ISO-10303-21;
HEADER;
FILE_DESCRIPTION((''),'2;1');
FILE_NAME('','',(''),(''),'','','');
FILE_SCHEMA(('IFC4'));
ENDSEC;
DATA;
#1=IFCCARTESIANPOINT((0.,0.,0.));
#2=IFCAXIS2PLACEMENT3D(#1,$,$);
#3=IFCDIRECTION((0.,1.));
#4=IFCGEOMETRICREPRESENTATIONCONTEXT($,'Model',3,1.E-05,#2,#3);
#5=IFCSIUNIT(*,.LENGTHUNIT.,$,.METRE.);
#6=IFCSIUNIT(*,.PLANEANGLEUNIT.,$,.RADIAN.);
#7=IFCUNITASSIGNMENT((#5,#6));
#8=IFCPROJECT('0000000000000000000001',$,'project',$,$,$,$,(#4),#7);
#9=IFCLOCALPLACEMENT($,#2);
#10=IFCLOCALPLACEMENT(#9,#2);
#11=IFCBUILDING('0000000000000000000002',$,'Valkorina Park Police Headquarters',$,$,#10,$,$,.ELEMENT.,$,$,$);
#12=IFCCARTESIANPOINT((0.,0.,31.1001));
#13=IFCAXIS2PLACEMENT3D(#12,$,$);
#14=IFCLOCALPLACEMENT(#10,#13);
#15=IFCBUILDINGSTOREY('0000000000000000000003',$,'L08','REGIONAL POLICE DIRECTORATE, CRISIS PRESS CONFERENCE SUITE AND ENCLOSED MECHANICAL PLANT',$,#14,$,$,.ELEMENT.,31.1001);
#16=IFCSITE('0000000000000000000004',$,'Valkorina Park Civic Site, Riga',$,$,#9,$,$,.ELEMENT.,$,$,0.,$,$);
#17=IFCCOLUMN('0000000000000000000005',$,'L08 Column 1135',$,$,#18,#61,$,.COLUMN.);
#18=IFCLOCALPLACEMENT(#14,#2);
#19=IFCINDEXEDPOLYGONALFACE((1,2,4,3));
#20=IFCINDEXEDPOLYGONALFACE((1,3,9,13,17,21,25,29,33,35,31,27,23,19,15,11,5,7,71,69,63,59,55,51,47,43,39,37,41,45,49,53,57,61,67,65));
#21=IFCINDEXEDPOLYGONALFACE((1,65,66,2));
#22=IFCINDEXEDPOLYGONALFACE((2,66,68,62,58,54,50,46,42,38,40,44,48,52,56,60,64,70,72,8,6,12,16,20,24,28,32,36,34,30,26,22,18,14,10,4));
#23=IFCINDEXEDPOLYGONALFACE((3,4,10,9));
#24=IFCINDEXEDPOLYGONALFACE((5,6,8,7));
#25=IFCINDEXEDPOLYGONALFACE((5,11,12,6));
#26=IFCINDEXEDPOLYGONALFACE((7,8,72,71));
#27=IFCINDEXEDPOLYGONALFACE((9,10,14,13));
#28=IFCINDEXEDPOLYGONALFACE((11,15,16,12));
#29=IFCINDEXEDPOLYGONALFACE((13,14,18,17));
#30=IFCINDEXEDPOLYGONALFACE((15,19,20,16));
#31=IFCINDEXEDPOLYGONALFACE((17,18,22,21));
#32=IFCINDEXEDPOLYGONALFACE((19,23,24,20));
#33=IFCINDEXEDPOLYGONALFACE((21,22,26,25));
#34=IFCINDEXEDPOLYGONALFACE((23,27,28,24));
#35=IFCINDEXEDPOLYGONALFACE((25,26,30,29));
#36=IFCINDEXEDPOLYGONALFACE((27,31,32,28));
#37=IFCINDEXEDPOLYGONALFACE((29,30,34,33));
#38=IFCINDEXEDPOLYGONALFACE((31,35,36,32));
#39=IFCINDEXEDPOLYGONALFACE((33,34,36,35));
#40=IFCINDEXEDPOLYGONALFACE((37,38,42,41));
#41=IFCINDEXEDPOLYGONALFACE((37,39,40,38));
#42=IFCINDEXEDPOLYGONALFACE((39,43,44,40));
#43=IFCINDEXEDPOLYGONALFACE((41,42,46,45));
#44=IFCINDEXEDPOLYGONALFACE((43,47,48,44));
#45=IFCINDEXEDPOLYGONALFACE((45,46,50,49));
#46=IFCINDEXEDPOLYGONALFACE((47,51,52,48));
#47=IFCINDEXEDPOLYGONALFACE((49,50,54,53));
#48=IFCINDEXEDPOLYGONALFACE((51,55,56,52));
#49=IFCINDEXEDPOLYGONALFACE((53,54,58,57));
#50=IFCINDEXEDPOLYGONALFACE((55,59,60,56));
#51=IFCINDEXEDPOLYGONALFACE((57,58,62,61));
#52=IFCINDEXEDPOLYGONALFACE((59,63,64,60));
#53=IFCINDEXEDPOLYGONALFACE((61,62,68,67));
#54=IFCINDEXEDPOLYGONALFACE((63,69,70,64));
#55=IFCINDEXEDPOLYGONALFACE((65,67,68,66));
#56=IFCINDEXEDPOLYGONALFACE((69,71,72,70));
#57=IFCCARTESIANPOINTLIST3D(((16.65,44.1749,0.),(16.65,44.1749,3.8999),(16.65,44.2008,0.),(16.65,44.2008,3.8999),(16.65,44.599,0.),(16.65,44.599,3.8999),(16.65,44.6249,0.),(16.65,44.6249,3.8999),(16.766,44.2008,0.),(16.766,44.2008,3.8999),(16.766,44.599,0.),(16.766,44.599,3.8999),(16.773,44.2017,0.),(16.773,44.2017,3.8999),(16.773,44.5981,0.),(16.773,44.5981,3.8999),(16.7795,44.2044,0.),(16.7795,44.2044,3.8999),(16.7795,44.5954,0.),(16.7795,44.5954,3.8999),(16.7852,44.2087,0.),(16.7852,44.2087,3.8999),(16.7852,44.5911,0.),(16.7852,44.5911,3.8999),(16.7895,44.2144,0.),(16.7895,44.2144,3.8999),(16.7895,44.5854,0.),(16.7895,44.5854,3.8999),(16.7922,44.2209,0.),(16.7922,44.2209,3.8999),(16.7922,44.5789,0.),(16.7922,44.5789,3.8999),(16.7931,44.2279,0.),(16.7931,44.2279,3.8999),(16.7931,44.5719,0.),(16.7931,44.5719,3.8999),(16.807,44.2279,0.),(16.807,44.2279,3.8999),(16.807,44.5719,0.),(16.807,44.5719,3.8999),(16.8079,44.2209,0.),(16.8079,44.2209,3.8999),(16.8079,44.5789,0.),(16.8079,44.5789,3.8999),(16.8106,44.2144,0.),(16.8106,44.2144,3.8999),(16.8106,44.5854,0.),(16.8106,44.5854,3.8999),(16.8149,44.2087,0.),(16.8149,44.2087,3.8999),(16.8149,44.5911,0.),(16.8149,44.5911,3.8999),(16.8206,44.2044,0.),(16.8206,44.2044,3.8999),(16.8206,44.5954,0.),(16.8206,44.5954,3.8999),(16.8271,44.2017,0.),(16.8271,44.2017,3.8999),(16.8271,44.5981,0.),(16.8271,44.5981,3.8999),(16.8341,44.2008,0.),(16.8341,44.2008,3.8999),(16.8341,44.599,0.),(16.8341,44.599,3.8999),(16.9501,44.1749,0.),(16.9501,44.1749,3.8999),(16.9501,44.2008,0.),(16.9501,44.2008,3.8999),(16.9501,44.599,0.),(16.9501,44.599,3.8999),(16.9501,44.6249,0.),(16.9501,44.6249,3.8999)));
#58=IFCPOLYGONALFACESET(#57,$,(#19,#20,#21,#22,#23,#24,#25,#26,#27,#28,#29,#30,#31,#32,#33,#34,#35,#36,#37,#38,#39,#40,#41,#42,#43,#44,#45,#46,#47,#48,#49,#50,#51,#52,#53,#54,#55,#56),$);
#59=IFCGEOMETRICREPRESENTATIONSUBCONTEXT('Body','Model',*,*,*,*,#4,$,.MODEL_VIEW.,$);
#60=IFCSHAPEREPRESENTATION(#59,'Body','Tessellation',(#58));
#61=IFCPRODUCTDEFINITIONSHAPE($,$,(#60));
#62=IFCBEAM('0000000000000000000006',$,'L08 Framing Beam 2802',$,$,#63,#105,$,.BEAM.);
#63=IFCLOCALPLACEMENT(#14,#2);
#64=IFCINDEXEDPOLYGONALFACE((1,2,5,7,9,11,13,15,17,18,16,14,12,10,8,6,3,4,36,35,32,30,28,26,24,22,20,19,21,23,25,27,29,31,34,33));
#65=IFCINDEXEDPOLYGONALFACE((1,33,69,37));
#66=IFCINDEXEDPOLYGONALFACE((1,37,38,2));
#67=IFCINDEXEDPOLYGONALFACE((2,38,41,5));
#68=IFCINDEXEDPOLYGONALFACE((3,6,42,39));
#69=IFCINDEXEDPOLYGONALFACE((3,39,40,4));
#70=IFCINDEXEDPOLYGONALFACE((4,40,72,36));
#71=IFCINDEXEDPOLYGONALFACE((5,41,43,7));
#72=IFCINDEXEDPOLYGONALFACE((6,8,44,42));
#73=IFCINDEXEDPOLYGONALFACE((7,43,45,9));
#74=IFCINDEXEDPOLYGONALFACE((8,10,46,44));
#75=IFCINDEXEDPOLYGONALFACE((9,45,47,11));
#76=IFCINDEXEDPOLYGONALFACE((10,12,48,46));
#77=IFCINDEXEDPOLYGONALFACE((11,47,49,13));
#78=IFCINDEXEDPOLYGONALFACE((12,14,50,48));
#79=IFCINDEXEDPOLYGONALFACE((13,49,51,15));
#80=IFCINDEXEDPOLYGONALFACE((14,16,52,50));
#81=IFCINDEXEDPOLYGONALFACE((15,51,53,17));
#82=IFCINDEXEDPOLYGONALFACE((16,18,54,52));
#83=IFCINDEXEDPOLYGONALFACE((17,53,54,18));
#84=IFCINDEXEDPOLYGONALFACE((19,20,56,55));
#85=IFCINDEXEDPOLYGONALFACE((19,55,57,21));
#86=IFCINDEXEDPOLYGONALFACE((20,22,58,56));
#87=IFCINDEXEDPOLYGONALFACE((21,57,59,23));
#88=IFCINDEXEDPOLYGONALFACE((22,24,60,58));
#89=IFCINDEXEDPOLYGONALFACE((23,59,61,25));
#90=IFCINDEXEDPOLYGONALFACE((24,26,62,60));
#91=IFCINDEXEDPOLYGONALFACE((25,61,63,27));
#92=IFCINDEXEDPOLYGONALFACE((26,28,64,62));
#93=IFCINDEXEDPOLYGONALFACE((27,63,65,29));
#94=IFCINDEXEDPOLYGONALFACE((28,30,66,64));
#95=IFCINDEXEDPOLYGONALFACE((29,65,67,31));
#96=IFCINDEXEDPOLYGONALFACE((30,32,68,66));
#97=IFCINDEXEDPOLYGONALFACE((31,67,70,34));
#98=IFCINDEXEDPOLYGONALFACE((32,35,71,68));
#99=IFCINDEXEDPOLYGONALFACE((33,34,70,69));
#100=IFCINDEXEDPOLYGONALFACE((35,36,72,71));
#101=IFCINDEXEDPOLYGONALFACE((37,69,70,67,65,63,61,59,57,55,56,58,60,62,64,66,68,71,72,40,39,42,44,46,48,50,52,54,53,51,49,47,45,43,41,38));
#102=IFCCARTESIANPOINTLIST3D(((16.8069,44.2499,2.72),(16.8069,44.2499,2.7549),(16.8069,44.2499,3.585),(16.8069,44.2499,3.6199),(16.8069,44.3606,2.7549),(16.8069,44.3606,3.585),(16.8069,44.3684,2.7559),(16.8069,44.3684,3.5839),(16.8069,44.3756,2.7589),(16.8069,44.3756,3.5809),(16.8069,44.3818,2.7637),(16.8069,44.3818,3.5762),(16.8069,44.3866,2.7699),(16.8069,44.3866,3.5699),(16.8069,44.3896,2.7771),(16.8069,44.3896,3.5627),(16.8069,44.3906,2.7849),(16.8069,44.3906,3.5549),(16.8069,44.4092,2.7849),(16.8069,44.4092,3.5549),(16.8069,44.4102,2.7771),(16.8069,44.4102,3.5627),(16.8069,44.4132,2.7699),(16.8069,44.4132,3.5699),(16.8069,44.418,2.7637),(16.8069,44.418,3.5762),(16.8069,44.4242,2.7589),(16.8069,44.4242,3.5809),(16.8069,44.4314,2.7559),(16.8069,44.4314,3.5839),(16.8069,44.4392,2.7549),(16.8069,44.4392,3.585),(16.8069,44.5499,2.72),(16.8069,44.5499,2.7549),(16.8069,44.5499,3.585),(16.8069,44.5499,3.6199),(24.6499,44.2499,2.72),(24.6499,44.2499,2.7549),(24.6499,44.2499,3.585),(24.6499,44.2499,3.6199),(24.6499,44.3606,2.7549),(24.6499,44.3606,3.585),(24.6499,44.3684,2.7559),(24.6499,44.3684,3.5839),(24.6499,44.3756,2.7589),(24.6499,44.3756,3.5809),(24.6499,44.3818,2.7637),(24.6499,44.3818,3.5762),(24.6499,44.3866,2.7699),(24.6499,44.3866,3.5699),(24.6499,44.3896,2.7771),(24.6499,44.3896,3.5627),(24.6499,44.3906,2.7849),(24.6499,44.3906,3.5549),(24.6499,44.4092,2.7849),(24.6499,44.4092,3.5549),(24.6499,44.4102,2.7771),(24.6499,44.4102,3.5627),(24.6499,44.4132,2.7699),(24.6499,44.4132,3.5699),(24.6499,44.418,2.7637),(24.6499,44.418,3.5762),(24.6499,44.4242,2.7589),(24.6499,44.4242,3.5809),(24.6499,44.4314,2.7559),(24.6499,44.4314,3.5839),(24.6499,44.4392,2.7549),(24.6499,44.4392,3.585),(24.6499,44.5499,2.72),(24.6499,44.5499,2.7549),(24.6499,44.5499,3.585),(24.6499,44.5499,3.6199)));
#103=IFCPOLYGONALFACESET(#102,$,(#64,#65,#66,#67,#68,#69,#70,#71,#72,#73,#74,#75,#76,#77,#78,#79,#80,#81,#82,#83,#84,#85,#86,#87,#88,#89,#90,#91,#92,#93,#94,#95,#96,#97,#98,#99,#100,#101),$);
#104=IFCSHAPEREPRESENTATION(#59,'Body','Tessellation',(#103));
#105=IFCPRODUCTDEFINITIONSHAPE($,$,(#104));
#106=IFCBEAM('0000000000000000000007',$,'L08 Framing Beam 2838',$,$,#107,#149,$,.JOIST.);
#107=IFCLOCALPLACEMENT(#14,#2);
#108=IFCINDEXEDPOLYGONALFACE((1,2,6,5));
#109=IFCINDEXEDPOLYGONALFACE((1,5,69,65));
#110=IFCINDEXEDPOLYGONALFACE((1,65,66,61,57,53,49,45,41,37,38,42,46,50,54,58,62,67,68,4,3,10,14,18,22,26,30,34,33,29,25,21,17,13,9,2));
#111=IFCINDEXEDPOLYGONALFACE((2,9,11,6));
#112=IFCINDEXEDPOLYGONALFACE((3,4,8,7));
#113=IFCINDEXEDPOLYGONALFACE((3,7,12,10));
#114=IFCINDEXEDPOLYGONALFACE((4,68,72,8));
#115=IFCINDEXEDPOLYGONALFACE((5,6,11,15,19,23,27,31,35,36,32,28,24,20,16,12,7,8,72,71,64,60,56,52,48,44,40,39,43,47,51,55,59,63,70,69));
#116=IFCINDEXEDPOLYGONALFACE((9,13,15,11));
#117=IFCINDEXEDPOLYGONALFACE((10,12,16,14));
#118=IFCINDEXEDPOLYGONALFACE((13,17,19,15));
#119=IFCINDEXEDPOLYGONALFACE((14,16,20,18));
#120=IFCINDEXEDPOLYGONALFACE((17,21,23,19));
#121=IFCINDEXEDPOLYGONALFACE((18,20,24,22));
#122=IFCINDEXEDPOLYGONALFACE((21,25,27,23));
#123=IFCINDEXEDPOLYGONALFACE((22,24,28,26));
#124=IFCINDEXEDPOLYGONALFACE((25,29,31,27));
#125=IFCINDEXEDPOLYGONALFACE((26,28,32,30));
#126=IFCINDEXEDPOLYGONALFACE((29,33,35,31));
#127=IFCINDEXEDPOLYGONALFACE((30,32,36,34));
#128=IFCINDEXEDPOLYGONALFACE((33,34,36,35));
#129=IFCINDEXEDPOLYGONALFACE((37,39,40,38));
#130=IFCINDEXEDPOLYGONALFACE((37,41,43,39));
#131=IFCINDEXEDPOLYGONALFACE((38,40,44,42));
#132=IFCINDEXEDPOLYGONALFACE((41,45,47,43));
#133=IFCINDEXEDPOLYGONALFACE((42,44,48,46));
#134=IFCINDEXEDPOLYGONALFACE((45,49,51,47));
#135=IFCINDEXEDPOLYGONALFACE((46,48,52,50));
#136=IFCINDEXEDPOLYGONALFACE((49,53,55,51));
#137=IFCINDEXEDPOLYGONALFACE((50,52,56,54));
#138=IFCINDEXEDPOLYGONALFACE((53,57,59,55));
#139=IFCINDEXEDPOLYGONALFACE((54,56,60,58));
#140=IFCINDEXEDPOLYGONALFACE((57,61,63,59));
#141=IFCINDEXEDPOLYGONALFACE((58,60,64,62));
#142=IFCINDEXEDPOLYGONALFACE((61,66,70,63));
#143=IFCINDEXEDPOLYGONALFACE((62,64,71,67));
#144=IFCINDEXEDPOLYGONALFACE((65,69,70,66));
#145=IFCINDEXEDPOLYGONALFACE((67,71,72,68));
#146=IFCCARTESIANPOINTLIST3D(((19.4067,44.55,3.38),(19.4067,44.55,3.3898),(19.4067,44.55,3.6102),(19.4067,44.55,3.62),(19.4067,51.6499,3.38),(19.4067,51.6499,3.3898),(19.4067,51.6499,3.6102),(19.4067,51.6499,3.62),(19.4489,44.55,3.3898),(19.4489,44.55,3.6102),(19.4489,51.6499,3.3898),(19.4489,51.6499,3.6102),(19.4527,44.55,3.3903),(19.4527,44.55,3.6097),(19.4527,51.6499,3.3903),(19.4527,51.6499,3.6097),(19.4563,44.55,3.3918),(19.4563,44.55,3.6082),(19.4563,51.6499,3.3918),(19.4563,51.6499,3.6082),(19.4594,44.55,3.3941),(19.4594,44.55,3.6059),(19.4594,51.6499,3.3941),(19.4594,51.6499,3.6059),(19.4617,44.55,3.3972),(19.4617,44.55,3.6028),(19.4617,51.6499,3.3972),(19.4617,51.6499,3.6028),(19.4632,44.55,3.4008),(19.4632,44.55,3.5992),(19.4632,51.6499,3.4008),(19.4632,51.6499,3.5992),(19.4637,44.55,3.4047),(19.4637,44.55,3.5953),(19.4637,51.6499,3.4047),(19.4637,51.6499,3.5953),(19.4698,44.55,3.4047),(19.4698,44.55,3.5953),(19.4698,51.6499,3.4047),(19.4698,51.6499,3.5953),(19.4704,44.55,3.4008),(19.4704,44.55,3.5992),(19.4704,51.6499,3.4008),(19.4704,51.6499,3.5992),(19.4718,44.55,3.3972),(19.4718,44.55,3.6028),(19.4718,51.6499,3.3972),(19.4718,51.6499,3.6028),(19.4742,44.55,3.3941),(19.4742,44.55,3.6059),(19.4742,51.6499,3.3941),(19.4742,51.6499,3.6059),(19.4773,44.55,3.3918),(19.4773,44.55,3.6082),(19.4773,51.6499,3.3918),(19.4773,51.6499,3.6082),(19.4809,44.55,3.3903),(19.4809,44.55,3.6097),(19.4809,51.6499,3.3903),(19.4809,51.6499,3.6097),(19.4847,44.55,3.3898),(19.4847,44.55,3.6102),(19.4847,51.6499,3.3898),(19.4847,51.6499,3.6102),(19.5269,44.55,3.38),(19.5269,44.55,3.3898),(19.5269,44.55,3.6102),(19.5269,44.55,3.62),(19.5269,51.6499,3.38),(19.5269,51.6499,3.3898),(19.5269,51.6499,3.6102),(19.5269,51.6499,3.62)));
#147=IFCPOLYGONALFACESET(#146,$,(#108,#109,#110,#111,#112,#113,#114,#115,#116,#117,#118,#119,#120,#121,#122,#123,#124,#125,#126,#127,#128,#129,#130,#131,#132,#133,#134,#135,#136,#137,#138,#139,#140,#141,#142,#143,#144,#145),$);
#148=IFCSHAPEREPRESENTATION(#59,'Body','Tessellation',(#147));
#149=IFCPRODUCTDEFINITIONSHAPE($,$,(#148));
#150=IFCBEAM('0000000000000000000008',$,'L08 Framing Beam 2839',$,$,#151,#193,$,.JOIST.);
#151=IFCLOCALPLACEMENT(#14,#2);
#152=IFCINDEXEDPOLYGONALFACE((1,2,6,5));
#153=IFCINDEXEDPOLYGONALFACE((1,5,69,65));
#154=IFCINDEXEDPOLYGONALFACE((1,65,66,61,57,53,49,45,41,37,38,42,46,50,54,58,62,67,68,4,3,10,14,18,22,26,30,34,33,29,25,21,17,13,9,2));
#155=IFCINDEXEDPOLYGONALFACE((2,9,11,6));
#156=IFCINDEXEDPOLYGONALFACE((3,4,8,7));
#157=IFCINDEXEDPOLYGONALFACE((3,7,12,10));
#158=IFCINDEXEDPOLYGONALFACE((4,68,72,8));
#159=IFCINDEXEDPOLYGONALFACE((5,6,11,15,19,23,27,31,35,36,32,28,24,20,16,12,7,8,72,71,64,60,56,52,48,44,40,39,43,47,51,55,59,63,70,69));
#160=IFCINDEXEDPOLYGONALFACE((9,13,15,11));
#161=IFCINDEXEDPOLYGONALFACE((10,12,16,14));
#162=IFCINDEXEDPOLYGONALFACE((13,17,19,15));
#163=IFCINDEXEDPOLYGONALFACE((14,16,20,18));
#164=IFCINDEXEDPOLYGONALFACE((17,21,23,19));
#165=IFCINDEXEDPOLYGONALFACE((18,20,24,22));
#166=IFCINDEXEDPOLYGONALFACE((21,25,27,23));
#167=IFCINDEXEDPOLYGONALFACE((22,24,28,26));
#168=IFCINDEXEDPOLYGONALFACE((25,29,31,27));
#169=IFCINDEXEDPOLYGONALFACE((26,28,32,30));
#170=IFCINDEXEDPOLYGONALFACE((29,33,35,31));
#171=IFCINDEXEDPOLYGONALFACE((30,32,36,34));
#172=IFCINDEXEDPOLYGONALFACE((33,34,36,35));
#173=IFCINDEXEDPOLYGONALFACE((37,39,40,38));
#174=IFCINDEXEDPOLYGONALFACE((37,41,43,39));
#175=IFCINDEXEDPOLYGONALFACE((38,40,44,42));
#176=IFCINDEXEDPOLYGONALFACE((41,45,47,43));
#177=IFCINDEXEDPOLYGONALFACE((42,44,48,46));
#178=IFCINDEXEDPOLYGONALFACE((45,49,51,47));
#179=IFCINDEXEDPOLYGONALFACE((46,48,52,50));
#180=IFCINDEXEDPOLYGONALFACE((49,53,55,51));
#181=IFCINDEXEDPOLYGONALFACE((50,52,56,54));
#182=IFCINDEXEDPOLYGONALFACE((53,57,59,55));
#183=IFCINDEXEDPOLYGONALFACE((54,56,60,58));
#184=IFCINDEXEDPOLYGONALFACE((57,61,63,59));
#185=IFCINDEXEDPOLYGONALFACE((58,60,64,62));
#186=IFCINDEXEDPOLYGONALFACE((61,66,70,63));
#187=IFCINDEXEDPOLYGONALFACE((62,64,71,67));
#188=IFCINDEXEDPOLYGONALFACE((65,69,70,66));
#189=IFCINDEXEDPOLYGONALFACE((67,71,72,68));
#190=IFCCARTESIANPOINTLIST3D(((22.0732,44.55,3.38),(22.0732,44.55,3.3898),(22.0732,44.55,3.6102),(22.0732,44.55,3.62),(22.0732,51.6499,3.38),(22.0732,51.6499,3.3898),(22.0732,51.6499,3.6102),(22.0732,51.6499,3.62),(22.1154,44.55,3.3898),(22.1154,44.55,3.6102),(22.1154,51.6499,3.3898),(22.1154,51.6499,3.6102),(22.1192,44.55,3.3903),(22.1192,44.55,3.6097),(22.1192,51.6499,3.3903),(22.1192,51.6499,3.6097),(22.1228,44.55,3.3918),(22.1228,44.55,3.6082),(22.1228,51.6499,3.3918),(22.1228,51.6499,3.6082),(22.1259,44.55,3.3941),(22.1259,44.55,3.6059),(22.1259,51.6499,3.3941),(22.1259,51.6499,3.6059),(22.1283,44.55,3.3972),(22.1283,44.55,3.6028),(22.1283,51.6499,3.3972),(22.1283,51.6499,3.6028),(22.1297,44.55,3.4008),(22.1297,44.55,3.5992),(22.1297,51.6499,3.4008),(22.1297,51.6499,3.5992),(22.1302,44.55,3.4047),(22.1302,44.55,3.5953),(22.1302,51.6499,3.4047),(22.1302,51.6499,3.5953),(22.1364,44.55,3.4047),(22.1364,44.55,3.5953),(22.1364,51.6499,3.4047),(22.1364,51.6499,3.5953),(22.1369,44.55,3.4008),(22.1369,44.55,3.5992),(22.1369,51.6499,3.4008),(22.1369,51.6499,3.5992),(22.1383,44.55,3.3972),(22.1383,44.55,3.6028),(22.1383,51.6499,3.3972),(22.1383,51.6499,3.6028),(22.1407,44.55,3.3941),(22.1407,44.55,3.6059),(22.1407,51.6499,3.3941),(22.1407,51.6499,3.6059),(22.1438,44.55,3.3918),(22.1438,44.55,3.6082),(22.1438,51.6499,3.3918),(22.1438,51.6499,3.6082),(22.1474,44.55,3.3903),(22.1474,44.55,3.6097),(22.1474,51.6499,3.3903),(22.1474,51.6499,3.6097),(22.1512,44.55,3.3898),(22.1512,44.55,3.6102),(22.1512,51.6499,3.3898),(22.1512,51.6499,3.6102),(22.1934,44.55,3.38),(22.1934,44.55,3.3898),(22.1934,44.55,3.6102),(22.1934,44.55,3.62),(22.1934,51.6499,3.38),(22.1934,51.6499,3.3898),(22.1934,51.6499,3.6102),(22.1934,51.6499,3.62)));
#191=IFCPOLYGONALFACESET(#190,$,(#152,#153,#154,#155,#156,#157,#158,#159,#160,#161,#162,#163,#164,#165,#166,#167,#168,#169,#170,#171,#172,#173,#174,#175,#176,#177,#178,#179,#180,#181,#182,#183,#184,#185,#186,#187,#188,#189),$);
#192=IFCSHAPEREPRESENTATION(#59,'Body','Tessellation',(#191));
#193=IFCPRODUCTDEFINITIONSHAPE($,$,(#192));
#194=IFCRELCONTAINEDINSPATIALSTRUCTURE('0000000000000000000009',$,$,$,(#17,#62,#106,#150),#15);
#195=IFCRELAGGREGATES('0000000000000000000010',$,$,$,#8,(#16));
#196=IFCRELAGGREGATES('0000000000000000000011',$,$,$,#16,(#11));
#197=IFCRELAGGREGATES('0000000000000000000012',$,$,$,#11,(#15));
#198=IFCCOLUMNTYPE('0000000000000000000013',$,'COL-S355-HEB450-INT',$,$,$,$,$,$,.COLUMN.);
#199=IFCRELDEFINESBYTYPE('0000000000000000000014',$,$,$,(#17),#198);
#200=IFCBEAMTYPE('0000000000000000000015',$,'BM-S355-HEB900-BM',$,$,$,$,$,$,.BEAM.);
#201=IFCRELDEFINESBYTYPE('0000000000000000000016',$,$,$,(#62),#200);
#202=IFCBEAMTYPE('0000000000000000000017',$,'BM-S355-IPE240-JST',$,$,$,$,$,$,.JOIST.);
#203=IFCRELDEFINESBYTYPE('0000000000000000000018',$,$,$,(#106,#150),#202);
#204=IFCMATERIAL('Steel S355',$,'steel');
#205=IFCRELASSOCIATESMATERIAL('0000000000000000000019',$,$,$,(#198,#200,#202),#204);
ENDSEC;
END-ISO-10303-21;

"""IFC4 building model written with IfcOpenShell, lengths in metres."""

from ifc_helpers import new_model, si_unit, direction, frame, origin, origin_2d, place, context, subcontext, project, spatial, i_section, extrude, material, material_profile, profile_set, type_object, element, save


model = new_model("IFC4")

# Units and contexts
model_context = context("Model", 3, precision=1e-05, world=origin(), true_north=direction((0.0, 1.0)))
body_context = subcontext(model_context, "Body", "Model", "MODEL_VIEW")
ifc_project = project(units=[si_unit("LENGTHUNIT", "METRE"), si_unit("PLANEANGLEUNIT", "RADIAN")], contexts=[model_context])

# Site, building, storey
site_placement = place(None, origin())
site = spatial("IfcSite", under=ifc_project, at=site_placement, Name="Valkorina Park Civic Site, Riga", CompositionType="ELEMENT", RefElevation=0.0)
building_placement = place(site_placement, origin())
building = spatial("IfcBuilding", under=site, at=building_placement, Name="Valkorina Park Police Headquarters", CompositionType="ELEMENT")
storey_placement = place(building_placement, frame((0.0, 0.0, 31.1001)))
storey = spatial("IfcBuildingStorey", under=building, at=storey_placement, Name="L08", Description="REGIONAL POLICE DIRECTORATE, CRISIS PRESS CONFERENCE SUITE AND ENCLOSED MECHANICAL PLANT", CompositionType="ELEMENT", Elevation=31.1001)

# Column
ifc_material_1 = material(Name="Steel S355", Category="steel")
ifc_material_profile_1 = material_profile(ifc_material_1, i_section(OverallWidth=0.3, OverallDepth=0.45, WebThickness=0.0139, FlangeThickness=0.0259, FilletRadius=0.0271, at=origin_2d()), Name="HEB 450")
ifc_profile_set_1 = profile_set([ifc_material_profile_1], Name="Steel S355")
column_type = type_object("IfcColumnType", Name="COL-S355-HEB450-INT", PredefinedType="COLUMN", material=ifc_profile_set_1)
column_placement = place(storey_placement, frame((16.8, 44.3999, 0.0), z_axis=(0.0, 0.0, 1.0), x_axis=(1.0, 0.0, 0.0)))
element("IfcColumn", 1, at=column_placement, inside=storey, type_object=column_type, Name="L08 Column 1135", PredefinedType="COLUMN", context=body_context, shape_type="SweptSolid", body=[
    extrude(i_section(OverallWidth=0.3, OverallDepth=0.45, WebThickness=0.0139, FlangeThickness=0.0259, FilletRadius=0.0271, at=origin_2d()), origin(), (0.0, 0.0, 1.0), 3.8999),
])

# Beams
ifc_material_profile_2 = material_profile(ifc_material_1, i_section(OverallWidth=0.3, OverallDepth=0.8999, WebThickness=0.0186, FlangeThickness=0.0349, FilletRadius=0.03, at=origin_2d()), Name="HEB 900")
ifc_profile_set_2 = profile_set([ifc_material_profile_2], Name="Steel S355")
beam_type_1 = type_object("IfcBeamType", Name="BM-S355-HEB900-BM", PredefinedType="BEAM", material=ifc_profile_set_2)
beam_placement = place(storey_placement, frame((16.8069, 44.3999, 3.1699), z_axis=(1.0, 0.0, 0.0), x_axis=(0.0, 1.0, 0.0)))
element("IfcBeam", 2, at=beam_placement, inside=storey, type_object=beam_type_1, Name="L08 Framing Beam 2802", PredefinedType="BEAM", context=body_context, shape_type="SweptSolid", body=[
    extrude(i_section(OverallWidth=0.3, OverallDepth=0.8999, WebThickness=0.0186, FlangeThickness=0.0349, FilletRadius=0.03, at=origin_2d()), origin(), (0.0, 0.0, 1.0), 7.843),
])
ifc_material_profile_3 = material_profile(ifc_material_1, i_section(OverallWidth=0.1201, OverallDepth=0.24, WebThickness=0.0061, FlangeThickness=0.0098, FilletRadius=0.0149, at=origin_2d()), Name="IPE 240")
ifc_profile_set_3 = profile_set([ifc_material_profile_3], Name="Steel S355")
beam_type_2 = type_object("IfcBeamType", Name="BM-S355-IPE240-JST", PredefinedType="JOIST", material=ifc_profile_set_3)
for number, where, z_axis, x_axis, name in (
    (3, (19.4668, 44.55, 3.5), (0.0, 1.0, 0.0), (-1.0, 0.0, 0.0), "L08 Framing Beam 2838"),
    (4, (22.1333, 44.55, 3.5), (0.0, 1.0, 0.0), (-1.0, 0.0, 0.0), "L08 Framing Beam 2839"),
):
    element("IfcBeam", number, at=place(storey_placement, frame(where, z_axis=z_axis, x_axis=x_axis)), inside=storey, type_object=beam_type_2, Name=name, PredefinedType="JOIST", context=body_context, shape_type="SweptSolid", body=[
        extrude(i_section(OverallWidth=0.1201, OverallDepth=0.24, WebThickness=0.0061, FlangeThickness=0.0098, FilletRadius=0.0149, at=origin_2d()), origin(), (0.0, 0.0, 1.0), 7.0999),
    ])

save(model, "model.ifc")
